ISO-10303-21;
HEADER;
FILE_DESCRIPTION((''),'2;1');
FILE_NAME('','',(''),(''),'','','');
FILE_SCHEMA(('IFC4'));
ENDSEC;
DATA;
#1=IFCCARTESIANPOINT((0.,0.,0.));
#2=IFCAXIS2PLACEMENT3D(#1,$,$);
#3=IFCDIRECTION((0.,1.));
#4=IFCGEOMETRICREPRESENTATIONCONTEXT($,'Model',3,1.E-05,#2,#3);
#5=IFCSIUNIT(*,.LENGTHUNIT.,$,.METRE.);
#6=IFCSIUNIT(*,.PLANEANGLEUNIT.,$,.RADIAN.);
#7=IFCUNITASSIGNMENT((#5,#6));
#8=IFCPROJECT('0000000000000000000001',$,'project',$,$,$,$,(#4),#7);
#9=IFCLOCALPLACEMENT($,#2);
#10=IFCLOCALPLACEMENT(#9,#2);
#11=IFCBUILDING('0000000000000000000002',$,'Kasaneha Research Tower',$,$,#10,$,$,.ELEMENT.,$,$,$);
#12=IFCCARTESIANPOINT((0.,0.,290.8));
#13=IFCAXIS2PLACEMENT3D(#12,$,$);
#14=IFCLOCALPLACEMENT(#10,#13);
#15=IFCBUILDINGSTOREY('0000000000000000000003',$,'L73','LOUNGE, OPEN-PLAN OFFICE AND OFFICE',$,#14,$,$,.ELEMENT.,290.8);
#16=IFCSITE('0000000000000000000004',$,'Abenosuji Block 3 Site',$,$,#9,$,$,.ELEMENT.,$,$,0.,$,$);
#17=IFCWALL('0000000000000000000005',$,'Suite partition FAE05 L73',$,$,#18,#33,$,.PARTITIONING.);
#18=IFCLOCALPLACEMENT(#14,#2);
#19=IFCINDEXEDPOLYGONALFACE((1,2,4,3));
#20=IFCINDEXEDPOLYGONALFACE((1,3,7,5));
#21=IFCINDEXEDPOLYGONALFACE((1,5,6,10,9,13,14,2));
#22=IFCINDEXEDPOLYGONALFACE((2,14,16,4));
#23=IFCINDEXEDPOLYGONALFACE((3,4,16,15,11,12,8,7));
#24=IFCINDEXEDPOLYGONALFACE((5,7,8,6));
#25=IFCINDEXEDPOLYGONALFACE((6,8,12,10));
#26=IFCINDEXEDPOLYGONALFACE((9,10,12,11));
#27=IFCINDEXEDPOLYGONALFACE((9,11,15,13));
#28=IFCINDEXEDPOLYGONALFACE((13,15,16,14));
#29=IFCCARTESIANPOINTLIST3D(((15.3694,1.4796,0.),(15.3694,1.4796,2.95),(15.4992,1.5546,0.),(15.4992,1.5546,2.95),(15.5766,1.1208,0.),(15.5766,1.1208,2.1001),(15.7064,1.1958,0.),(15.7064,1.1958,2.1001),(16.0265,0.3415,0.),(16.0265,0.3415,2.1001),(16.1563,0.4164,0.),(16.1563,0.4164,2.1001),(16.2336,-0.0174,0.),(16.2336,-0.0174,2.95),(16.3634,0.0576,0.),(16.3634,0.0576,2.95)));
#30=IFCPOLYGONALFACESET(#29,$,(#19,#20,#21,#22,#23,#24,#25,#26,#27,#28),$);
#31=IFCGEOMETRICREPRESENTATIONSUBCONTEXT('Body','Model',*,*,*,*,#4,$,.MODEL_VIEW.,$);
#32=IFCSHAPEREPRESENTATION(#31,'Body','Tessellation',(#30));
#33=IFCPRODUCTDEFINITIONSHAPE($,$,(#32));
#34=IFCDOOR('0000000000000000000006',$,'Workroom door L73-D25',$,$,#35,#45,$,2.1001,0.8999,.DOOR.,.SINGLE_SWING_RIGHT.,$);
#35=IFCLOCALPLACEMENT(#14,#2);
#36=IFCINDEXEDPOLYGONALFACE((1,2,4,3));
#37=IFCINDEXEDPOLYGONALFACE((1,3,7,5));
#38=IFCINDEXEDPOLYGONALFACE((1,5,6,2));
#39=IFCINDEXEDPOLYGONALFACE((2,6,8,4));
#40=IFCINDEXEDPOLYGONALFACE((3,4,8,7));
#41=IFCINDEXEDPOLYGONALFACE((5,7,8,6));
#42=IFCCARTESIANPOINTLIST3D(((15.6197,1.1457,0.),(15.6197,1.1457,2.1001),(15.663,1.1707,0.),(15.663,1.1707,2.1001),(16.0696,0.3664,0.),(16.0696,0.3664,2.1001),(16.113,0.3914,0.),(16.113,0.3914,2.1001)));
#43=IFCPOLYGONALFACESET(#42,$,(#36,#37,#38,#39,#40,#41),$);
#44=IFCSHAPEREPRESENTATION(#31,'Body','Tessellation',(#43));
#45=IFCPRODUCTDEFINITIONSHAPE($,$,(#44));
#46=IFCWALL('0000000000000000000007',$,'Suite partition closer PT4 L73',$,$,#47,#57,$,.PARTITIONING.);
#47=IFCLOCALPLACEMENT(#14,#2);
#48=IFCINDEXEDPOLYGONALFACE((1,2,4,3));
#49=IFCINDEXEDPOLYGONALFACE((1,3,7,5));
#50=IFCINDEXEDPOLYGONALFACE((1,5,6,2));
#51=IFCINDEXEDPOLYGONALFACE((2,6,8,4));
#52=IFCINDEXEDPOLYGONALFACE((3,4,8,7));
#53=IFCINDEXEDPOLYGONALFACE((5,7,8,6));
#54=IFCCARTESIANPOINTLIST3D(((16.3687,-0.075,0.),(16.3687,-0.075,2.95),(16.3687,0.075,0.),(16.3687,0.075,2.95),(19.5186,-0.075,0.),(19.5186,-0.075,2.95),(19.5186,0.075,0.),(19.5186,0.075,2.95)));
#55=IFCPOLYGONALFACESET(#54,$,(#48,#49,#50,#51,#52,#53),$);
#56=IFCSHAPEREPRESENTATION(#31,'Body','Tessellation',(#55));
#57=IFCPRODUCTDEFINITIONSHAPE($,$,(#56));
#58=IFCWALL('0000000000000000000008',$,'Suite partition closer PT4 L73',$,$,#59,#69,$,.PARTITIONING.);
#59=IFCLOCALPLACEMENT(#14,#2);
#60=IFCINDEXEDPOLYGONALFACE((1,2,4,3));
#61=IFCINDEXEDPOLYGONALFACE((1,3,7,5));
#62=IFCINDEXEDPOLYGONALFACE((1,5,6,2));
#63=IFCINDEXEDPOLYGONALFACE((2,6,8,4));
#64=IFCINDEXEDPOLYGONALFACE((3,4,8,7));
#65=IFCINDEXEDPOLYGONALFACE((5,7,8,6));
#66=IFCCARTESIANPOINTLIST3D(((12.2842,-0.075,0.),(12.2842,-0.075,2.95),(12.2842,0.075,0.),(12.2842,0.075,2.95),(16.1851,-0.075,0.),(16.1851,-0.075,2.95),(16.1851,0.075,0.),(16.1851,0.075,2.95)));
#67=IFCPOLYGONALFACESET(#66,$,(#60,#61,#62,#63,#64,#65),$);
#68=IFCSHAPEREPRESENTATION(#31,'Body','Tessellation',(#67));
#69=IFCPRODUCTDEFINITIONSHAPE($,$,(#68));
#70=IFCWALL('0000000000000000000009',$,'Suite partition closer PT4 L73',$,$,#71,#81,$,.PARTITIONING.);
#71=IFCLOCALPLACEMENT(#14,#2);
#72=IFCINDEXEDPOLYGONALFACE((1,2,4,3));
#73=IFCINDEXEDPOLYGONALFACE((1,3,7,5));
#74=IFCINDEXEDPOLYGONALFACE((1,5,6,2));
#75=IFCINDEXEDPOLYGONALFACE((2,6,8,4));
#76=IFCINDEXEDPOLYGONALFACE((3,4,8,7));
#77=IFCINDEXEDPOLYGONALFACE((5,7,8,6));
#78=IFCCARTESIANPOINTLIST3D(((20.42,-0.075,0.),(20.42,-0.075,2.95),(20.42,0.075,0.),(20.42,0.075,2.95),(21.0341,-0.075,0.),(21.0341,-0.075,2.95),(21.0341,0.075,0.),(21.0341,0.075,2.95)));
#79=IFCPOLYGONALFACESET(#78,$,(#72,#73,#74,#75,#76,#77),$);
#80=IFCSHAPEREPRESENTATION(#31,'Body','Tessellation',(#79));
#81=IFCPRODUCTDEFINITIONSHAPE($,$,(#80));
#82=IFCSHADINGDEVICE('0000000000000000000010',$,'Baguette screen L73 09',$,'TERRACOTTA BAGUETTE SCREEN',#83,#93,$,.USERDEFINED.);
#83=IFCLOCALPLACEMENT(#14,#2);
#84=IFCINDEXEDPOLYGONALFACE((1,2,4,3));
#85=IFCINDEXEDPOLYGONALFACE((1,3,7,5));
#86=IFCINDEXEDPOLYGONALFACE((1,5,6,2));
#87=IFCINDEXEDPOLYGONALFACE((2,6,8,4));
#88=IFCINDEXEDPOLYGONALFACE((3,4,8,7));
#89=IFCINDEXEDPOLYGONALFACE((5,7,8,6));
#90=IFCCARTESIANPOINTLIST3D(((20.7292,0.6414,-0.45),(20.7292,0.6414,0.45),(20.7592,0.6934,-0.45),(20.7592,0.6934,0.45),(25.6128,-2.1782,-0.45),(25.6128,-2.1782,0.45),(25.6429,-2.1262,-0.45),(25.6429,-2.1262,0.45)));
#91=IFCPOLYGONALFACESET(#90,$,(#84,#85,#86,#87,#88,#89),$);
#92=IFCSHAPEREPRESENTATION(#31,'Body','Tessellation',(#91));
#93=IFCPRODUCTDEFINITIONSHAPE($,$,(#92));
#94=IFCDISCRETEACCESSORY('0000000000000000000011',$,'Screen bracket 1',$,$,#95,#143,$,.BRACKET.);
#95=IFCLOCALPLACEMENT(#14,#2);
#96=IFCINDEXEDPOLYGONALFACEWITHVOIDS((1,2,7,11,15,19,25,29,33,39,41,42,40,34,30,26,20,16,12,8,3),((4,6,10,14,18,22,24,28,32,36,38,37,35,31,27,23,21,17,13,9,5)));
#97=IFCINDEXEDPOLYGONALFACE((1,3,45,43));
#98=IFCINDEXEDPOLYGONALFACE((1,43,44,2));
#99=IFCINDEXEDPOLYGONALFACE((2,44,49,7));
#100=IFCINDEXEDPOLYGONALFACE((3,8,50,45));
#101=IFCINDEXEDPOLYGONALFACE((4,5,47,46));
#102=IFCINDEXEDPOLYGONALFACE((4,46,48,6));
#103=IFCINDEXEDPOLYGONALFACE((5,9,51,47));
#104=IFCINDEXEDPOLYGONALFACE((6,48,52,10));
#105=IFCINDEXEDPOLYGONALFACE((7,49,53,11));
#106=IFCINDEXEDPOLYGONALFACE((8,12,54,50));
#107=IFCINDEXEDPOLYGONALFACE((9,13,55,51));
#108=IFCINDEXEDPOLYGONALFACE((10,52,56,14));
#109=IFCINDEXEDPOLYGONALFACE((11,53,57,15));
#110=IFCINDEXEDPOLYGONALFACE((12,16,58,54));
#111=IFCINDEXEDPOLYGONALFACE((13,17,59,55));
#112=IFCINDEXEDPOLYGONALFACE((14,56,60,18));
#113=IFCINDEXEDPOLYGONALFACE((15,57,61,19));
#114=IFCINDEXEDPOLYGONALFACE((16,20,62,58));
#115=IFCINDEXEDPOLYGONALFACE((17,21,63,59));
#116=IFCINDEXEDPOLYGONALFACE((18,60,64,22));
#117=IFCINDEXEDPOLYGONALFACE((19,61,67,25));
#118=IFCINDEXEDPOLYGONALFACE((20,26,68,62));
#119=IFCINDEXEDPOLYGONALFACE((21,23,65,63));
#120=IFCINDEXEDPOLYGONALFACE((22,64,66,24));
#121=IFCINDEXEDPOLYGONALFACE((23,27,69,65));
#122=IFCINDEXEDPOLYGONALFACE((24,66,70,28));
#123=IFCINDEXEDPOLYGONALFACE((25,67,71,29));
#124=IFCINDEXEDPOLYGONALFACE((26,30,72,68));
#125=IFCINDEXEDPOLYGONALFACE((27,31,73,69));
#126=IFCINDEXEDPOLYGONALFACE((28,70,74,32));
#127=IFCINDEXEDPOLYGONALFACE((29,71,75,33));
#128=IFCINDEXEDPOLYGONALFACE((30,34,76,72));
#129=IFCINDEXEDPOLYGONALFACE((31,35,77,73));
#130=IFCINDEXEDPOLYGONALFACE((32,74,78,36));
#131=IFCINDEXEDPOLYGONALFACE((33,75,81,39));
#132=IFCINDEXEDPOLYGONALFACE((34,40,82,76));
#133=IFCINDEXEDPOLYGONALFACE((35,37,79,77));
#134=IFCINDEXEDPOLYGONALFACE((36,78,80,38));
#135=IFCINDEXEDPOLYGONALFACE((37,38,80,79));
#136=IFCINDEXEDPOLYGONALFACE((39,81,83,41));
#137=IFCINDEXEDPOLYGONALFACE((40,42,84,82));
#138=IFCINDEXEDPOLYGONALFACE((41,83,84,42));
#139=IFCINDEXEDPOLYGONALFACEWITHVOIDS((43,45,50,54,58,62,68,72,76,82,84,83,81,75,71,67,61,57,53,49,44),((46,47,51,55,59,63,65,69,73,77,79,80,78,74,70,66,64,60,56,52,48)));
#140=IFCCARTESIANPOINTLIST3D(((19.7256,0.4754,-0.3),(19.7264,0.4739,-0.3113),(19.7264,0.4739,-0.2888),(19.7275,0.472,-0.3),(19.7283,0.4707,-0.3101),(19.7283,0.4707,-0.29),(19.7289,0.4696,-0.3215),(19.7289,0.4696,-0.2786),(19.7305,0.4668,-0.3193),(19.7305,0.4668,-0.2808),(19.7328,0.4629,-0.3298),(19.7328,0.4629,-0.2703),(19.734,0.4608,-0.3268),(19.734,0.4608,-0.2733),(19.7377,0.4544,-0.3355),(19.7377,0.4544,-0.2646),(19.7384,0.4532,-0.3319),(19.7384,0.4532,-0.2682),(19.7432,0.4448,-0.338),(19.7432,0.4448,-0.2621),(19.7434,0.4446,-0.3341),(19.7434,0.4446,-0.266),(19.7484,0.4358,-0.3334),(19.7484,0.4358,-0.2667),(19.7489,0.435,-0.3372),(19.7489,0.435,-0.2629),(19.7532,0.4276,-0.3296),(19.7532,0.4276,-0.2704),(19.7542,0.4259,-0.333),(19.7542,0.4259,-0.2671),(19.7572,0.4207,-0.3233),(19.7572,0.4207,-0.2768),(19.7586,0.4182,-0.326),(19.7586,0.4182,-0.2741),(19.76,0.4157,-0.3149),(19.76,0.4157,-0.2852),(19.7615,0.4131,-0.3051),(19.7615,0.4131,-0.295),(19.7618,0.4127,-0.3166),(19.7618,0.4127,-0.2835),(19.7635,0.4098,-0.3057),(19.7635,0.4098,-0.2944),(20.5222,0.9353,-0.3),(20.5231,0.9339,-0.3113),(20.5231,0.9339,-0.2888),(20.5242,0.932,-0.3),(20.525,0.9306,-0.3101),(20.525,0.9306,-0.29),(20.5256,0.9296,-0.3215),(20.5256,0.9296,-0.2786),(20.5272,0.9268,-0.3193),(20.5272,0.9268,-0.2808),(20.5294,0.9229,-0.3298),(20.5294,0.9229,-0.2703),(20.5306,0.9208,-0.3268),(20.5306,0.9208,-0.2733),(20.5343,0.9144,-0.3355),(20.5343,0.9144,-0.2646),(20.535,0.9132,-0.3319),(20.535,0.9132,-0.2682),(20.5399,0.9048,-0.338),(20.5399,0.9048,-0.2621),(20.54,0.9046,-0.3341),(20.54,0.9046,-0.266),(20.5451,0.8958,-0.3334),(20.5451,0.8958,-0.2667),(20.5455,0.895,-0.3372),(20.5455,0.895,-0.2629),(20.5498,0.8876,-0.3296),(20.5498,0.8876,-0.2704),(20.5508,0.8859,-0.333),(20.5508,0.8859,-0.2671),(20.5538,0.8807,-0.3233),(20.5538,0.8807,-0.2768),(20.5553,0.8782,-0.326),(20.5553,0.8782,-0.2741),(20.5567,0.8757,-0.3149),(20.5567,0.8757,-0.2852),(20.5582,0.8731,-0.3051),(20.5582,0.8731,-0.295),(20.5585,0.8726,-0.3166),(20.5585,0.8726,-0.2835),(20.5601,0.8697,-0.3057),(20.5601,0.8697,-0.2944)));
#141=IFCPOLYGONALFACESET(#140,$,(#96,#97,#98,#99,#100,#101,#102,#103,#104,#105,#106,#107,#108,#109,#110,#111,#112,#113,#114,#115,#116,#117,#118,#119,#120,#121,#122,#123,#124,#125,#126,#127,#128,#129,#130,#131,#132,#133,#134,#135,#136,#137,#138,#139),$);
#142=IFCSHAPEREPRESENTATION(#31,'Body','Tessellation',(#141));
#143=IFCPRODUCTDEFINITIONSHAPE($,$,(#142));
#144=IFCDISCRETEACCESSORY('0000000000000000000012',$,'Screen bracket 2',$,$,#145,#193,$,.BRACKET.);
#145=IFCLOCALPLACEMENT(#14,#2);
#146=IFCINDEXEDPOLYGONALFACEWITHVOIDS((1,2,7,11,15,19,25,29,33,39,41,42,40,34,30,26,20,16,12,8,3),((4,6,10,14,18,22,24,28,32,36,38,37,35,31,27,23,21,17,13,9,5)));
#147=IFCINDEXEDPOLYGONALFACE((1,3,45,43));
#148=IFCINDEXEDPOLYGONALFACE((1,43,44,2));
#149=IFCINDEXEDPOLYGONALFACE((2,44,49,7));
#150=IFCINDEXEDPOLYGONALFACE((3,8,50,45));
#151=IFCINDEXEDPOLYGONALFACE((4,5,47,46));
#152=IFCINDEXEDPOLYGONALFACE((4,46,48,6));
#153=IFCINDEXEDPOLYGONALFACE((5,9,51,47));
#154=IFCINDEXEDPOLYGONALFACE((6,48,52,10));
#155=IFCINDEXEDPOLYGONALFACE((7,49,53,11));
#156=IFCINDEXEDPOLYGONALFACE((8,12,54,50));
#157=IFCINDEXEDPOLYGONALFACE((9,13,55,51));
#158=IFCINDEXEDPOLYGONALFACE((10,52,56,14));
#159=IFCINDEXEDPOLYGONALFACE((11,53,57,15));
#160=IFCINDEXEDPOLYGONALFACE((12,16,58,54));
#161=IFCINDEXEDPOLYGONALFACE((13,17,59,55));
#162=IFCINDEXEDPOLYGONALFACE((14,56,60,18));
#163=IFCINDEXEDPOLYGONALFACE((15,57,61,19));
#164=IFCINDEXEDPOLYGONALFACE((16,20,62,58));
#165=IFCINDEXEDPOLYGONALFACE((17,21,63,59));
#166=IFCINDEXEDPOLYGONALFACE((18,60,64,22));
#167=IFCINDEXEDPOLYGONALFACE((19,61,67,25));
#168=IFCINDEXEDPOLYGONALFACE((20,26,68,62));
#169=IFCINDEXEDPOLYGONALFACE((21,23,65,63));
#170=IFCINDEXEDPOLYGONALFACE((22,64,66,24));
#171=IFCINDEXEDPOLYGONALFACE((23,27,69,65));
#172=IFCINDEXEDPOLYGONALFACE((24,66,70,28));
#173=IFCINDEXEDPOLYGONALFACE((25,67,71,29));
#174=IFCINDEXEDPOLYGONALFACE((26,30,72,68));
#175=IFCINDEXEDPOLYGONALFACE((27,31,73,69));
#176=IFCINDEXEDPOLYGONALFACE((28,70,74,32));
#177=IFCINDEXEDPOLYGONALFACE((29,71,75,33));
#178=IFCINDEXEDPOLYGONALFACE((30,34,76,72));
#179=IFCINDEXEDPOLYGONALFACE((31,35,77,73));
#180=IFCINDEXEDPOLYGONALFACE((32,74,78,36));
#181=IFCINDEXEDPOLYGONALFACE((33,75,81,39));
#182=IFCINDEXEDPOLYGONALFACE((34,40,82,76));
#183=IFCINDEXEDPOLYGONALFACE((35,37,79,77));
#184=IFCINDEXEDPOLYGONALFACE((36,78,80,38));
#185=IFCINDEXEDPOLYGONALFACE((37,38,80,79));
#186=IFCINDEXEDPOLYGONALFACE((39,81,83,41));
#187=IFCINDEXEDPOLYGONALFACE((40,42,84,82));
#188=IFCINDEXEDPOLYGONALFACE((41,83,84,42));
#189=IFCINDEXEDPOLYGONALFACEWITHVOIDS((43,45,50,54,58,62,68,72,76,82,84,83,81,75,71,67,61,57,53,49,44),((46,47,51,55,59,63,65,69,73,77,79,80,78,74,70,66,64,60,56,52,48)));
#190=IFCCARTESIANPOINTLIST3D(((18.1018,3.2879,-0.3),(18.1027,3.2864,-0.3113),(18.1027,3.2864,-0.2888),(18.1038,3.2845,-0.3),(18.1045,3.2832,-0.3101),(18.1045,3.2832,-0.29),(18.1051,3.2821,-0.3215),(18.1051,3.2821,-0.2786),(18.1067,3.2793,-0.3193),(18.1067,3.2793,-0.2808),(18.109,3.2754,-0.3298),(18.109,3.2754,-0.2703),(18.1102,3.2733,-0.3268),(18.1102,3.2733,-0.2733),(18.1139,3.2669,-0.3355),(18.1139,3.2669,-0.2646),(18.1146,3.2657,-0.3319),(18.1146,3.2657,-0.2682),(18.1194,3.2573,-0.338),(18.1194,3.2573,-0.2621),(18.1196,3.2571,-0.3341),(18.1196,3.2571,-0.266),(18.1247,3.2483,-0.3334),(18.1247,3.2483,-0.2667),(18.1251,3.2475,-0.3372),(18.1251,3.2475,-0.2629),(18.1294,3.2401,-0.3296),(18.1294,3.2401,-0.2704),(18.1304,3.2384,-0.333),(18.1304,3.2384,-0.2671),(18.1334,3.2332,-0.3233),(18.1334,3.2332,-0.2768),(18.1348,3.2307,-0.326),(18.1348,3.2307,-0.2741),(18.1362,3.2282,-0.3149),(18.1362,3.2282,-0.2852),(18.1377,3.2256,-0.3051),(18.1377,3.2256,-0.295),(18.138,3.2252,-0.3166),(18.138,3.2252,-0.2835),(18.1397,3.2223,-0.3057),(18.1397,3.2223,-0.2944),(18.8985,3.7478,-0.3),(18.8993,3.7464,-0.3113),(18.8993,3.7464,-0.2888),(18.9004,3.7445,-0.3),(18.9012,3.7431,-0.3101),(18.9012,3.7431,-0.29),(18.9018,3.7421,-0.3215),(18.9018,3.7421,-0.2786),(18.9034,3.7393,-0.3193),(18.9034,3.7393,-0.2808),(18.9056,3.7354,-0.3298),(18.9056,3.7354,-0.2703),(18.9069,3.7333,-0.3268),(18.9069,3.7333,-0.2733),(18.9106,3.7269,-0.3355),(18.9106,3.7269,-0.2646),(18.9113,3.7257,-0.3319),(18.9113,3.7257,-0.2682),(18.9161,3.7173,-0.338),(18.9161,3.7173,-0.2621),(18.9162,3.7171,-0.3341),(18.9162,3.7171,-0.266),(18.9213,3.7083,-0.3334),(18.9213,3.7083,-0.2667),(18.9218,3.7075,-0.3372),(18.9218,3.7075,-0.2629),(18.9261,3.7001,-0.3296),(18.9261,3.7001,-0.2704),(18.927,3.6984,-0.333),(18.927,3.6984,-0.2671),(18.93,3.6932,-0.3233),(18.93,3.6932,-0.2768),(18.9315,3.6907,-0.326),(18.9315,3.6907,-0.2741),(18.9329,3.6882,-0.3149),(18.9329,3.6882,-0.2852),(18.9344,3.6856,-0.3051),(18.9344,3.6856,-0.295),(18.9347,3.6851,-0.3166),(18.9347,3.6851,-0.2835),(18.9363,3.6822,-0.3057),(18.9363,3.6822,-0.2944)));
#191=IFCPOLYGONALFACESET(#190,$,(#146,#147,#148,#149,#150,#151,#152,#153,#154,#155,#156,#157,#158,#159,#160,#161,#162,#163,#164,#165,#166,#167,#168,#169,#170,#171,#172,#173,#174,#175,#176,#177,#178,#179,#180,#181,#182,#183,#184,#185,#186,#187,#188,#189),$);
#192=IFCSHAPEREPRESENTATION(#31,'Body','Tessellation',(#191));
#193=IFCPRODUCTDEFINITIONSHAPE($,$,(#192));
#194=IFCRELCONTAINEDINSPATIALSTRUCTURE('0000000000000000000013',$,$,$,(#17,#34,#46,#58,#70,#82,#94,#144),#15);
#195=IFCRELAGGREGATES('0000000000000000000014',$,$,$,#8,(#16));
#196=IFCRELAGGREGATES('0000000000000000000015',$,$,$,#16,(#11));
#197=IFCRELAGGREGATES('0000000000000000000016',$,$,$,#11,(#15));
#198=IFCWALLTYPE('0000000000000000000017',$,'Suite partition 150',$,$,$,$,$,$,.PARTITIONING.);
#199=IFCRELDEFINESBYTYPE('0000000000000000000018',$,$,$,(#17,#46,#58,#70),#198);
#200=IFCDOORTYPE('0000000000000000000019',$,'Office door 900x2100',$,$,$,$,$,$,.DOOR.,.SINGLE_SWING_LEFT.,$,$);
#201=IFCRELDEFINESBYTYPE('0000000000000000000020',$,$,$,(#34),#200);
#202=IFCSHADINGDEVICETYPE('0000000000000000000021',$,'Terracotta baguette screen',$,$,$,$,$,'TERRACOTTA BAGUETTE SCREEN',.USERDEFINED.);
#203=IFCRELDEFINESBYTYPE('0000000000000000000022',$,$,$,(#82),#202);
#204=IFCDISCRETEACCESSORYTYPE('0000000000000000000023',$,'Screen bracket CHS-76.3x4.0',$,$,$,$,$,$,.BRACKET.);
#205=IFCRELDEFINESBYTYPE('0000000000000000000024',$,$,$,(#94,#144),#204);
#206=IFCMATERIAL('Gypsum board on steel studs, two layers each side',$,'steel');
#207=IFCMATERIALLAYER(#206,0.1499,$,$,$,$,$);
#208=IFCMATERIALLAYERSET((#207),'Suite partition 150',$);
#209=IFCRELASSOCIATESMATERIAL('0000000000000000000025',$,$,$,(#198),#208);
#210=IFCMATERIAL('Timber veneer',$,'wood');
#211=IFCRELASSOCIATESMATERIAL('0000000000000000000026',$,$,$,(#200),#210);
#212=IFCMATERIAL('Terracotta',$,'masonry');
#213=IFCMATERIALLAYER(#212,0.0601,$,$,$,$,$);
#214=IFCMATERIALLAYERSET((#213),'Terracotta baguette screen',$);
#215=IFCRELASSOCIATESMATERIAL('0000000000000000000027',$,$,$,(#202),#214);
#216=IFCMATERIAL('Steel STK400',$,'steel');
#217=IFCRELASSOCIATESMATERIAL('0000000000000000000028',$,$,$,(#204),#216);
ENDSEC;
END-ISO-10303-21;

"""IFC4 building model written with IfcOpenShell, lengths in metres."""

from ifc_helpers import new_model, si_unit, direction, frame, frame_2d, origin, origin_2d, place, context, subcontext, project, spatial, rectangle, hollow_circle, extrude, material, layer, layer_set, material_profile, profile_set, type_object, element, fill, save


model = new_model("IFC4")

# Units and contexts
model_context = context("Model", 3, precision=1e-05, world=origin(), true_north=direction((0.0, 1.0)))
body_context = subcontext(model_context, "Body", "Model", "MODEL_VIEW")
ifc_project = project(units=[si_unit("LENGTHUNIT", "METRE"), si_unit("PLANEANGLEUNIT", "RADIAN")], contexts=[model_context])

# Site, building, storey
site_placement = place(None, origin())
site = spatial("IfcSite", under=ifc_project, at=site_placement, Name="Abenosuji Block 3 Site", CompositionType="ELEMENT", RefElevation=0.0)
building_placement = place(site_placement, origin())
building = spatial("IfcBuilding", under=site, at=building_placement, Name="Kasaneha Research Tower", CompositionType="ELEMENT")
storey_placement = place(building_placement, frame((0.0, 0.0, 290.8)))
storey = spatial("IfcBuildingStorey", under=building, at=storey_placement, Name="L73", Description="LOUNGE, OPEN-PLAN OFFICE AND OFFICE", CompositionType="ELEMENT", Elevation=290.8)

# Wall, opening, door
ifc_material_1 = material(Name="Gypsum board on steel studs, two layers each side", Category="steel")
ifc_layer_1 = layer(ifc_material_1, 0.1499)
ifc_layer_set_1 = layer_set([ifc_layer_1], Name="Suite partition 150")
wall_type_1 = type_object("IfcWallType", Name="Suite partition 150", PredefinedType="PARTITIONING", material=ifc_layer_set_1)
wall_1_placement = place(storey_placement, frame((15.4343, 1.5171, 0.0), z_axis=(0.0, 0.0, 1.0), x_axis=(0.499967, -0.866044, 0.0)))
wall_1 = element("IfcWall", 1, at=wall_1_placement, inside=storey, type_object=wall_type_1, Name="Suite partition FAE05 L73", PredefinedType="PARTITIONING", context=body_context, shape_type="SweptSolid", body=[
    extrude(rectangle(XDim=1.7285, YDim=0.1499, at=frame_2d((0.8643, 0.0))), origin(), (0.0, 0.0, 1.0), 2.95),
])
opening_1_placement = place(wall_1_placement, frame((0.4143, 0.0, 0.0)))
opening_1 = element("IfcOpeningElement", 2, at=opening_1_placement, cuts=wall_1, PredefinedType="OPENING", context=body_context, shape_type="SweptSolid", body=[
    extrude(rectangle(XDim=0.8999, YDim=2.1001, at=frame_2d((0.45, 1.05))), frame((0.0, 0.085, 0.0), z_axis=(0.0, -1.0, 0.0), x_axis=(1.0, 0.0, 0.0)), (0.0, 0.0, 1.0), 0.1699),
])
ifc_material_2 = material(Name="Timber veneer", Category="wood")
door_type_1 = type_object("IfcDoorType", Name="Office door 900x2100", OperationType="SINGLE_SWING_LEFT", PredefinedType="DOOR", material=ifc_material_2)
door_1_placement = place(opening_1_placement, origin())
door_1 = element("IfcDoor", 3, at=door_1_placement, inside=storey, type_object=door_type_1, Name="Workroom door L73-D25", OperationType="SINGLE_SWING_RIGHT", OverallHeight=2.1001, OverallWidth=0.8999, PredefinedType="DOOR", context=body_context, shape_type="SweptSolid", body=[
    extrude(rectangle(XDim=0.8999, YDim=2.1001, at=frame_2d((0.45, 1.05))), frame((0.0, 0.0249, 0.0), z_axis=(0.0, -1.0, 0.0), x_axis=(1.0, 0.0, 0.0)), (0.0, 0.0, 1.0), 0.05),
])
fill(opening_1, door_1)

# Walls
wall_2_placement = place(storey_placement, frame((19.5186, 0.0, 0.0), z_axis=(0.0, 0.0, 1.0), x_axis=(-1.0, 0.0, 0.0)))
element("IfcWall", 4, at=wall_2_placement, inside=storey, type_object=wall_type_1, Name="Suite partition closer PT4 L73", PredefinedType="PARTITIONING", context=body_context, shape_type="SweptSolid", body=[
    extrude(rectangle(XDim=3.1499, YDim=0.1499, at=frame_2d((1.575, 0.0))), origin(), (0.0, 0.0, 1.0), 2.95),
])
wall_3_placement = place(storey_placement, frame((12.2842, 0.0, 0.0), z_axis=(0.0, 0.0, 1.0), x_axis=(1.0, 0.0, 0.0)))
element("IfcWall", 5, at=wall_3_placement, inside=storey, type_object=wall_type_1, Name="Suite partition closer PT4 L73", PredefinedType="PARTITIONING", context=body_context, shape_type="SweptSolid", body=[
    extrude(rectangle(XDim=3.9009, YDim=0.1499, at=frame_2d((1.9504, 0.0))), origin(), (0.0, 0.0, 1.0), 2.95),
])
wall_4_placement = place(storey_placement, frame((20.4199, 0.0, 0.0), z_axis=(0.0, 0.0, 1.0), x_axis=(1.0, 0.0, 0.0)))
element("IfcWall", 6, at=wall_4_placement, inside=storey, type_object=wall_type_1, Name="Suite partition closer PT4 L73", PredefinedType="PARTITIONING", context=body_context, shape_type="SweptSolid", body=[
    extrude(rectangle(XDim=0.614, YDim=0.1499, at=frame_2d((0.3071, 0.0))), origin(), (0.0, 0.0, 1.0), 2.95),
])

# Shading device
ifc_material_3 = material(Name="Terracotta", Category="masonry")
ifc_layer_2 = layer(ifc_material_3, 0.0601)
ifc_layer_set_2 = layer_set([ifc_layer_2], Name="Terracotta baguette screen")
shading_device_type = type_object("IfcShadingDeviceType", Name="Terracotta baguette screen", ElementType="TERRACOTTA BAGUETTE SCREEN", PredefinedType="USERDEFINED", material=ifc_layer_set_2)
shading_device_placement = place(storey_placement, frame((23.186, -0.7424, -0.45), z_axis=(0.0, 0.0, 1.0), x_axis=(-0.866025, 0.5, 0.0)))
element("IfcShadingDevice", 7, at=shading_device_placement, inside=storey, type_object=shading_device_type, Name="Baguette screen L73 09", ObjectType="TERRACOTTA BAGUETTE SCREEN", PredefinedType="USERDEFINED", context=body_context, shape_type="SweptSolid", body=[
    extrude(rectangle(XDim=5.6392, YDim=0.0601, at=origin_2d()), origin(), (0.0, 0.0, 1.0), 0.8999),
])

# Discrete accessories
ifc_material_4 = material(Name="Steel STK400", Category="steel")
ifc_material_profile_1 = material_profile(ifc_material_4, hollow_circle(Radius=0.0381, WallThickness=0.0039, at=origin_2d()), Name="CHS-76.3x4.0")
ifc_profile_set_1 = profile_set([ifc_material_profile_1], Name="Steel STK400")
discrete_accessory_type = type_object("IfcDiscreteAccessoryType", Name="Screen bracket CHS-76.3x4.0", PredefinedType="BRACKET", material=ifc_profile_set_1)
for number, where, z_axis, x_axis, name in (
    (8, (19.7446, 0.4424, -0.3), (0.866013, 0.500021, 0.0), (-0.500021, 0.866013, 0.0), "Screen bracket 1"),
    (9, (18.1208, 3.2549, -0.3), (0.866013, 0.500021, 0.0), (-0.500021, 0.866013, 0.0), "Screen bracket 2"),
):
    element("IfcDiscreteAccessory", number, at=place(storey_placement, frame(where, z_axis=z_axis, x_axis=x_axis)), inside=storey, type_object=discrete_accessory_type, Name=name, PredefinedType="BRACKET", context=body_context, shape_type="SweptSolid", body=[
        extrude(hollow_circle(Radius=0.0381, WallThickness=0.0039, at=origin_2d()), origin(), (0.0, 0.0, 1.0), 0.9199),
    ])

save(model, "model.ifc")
